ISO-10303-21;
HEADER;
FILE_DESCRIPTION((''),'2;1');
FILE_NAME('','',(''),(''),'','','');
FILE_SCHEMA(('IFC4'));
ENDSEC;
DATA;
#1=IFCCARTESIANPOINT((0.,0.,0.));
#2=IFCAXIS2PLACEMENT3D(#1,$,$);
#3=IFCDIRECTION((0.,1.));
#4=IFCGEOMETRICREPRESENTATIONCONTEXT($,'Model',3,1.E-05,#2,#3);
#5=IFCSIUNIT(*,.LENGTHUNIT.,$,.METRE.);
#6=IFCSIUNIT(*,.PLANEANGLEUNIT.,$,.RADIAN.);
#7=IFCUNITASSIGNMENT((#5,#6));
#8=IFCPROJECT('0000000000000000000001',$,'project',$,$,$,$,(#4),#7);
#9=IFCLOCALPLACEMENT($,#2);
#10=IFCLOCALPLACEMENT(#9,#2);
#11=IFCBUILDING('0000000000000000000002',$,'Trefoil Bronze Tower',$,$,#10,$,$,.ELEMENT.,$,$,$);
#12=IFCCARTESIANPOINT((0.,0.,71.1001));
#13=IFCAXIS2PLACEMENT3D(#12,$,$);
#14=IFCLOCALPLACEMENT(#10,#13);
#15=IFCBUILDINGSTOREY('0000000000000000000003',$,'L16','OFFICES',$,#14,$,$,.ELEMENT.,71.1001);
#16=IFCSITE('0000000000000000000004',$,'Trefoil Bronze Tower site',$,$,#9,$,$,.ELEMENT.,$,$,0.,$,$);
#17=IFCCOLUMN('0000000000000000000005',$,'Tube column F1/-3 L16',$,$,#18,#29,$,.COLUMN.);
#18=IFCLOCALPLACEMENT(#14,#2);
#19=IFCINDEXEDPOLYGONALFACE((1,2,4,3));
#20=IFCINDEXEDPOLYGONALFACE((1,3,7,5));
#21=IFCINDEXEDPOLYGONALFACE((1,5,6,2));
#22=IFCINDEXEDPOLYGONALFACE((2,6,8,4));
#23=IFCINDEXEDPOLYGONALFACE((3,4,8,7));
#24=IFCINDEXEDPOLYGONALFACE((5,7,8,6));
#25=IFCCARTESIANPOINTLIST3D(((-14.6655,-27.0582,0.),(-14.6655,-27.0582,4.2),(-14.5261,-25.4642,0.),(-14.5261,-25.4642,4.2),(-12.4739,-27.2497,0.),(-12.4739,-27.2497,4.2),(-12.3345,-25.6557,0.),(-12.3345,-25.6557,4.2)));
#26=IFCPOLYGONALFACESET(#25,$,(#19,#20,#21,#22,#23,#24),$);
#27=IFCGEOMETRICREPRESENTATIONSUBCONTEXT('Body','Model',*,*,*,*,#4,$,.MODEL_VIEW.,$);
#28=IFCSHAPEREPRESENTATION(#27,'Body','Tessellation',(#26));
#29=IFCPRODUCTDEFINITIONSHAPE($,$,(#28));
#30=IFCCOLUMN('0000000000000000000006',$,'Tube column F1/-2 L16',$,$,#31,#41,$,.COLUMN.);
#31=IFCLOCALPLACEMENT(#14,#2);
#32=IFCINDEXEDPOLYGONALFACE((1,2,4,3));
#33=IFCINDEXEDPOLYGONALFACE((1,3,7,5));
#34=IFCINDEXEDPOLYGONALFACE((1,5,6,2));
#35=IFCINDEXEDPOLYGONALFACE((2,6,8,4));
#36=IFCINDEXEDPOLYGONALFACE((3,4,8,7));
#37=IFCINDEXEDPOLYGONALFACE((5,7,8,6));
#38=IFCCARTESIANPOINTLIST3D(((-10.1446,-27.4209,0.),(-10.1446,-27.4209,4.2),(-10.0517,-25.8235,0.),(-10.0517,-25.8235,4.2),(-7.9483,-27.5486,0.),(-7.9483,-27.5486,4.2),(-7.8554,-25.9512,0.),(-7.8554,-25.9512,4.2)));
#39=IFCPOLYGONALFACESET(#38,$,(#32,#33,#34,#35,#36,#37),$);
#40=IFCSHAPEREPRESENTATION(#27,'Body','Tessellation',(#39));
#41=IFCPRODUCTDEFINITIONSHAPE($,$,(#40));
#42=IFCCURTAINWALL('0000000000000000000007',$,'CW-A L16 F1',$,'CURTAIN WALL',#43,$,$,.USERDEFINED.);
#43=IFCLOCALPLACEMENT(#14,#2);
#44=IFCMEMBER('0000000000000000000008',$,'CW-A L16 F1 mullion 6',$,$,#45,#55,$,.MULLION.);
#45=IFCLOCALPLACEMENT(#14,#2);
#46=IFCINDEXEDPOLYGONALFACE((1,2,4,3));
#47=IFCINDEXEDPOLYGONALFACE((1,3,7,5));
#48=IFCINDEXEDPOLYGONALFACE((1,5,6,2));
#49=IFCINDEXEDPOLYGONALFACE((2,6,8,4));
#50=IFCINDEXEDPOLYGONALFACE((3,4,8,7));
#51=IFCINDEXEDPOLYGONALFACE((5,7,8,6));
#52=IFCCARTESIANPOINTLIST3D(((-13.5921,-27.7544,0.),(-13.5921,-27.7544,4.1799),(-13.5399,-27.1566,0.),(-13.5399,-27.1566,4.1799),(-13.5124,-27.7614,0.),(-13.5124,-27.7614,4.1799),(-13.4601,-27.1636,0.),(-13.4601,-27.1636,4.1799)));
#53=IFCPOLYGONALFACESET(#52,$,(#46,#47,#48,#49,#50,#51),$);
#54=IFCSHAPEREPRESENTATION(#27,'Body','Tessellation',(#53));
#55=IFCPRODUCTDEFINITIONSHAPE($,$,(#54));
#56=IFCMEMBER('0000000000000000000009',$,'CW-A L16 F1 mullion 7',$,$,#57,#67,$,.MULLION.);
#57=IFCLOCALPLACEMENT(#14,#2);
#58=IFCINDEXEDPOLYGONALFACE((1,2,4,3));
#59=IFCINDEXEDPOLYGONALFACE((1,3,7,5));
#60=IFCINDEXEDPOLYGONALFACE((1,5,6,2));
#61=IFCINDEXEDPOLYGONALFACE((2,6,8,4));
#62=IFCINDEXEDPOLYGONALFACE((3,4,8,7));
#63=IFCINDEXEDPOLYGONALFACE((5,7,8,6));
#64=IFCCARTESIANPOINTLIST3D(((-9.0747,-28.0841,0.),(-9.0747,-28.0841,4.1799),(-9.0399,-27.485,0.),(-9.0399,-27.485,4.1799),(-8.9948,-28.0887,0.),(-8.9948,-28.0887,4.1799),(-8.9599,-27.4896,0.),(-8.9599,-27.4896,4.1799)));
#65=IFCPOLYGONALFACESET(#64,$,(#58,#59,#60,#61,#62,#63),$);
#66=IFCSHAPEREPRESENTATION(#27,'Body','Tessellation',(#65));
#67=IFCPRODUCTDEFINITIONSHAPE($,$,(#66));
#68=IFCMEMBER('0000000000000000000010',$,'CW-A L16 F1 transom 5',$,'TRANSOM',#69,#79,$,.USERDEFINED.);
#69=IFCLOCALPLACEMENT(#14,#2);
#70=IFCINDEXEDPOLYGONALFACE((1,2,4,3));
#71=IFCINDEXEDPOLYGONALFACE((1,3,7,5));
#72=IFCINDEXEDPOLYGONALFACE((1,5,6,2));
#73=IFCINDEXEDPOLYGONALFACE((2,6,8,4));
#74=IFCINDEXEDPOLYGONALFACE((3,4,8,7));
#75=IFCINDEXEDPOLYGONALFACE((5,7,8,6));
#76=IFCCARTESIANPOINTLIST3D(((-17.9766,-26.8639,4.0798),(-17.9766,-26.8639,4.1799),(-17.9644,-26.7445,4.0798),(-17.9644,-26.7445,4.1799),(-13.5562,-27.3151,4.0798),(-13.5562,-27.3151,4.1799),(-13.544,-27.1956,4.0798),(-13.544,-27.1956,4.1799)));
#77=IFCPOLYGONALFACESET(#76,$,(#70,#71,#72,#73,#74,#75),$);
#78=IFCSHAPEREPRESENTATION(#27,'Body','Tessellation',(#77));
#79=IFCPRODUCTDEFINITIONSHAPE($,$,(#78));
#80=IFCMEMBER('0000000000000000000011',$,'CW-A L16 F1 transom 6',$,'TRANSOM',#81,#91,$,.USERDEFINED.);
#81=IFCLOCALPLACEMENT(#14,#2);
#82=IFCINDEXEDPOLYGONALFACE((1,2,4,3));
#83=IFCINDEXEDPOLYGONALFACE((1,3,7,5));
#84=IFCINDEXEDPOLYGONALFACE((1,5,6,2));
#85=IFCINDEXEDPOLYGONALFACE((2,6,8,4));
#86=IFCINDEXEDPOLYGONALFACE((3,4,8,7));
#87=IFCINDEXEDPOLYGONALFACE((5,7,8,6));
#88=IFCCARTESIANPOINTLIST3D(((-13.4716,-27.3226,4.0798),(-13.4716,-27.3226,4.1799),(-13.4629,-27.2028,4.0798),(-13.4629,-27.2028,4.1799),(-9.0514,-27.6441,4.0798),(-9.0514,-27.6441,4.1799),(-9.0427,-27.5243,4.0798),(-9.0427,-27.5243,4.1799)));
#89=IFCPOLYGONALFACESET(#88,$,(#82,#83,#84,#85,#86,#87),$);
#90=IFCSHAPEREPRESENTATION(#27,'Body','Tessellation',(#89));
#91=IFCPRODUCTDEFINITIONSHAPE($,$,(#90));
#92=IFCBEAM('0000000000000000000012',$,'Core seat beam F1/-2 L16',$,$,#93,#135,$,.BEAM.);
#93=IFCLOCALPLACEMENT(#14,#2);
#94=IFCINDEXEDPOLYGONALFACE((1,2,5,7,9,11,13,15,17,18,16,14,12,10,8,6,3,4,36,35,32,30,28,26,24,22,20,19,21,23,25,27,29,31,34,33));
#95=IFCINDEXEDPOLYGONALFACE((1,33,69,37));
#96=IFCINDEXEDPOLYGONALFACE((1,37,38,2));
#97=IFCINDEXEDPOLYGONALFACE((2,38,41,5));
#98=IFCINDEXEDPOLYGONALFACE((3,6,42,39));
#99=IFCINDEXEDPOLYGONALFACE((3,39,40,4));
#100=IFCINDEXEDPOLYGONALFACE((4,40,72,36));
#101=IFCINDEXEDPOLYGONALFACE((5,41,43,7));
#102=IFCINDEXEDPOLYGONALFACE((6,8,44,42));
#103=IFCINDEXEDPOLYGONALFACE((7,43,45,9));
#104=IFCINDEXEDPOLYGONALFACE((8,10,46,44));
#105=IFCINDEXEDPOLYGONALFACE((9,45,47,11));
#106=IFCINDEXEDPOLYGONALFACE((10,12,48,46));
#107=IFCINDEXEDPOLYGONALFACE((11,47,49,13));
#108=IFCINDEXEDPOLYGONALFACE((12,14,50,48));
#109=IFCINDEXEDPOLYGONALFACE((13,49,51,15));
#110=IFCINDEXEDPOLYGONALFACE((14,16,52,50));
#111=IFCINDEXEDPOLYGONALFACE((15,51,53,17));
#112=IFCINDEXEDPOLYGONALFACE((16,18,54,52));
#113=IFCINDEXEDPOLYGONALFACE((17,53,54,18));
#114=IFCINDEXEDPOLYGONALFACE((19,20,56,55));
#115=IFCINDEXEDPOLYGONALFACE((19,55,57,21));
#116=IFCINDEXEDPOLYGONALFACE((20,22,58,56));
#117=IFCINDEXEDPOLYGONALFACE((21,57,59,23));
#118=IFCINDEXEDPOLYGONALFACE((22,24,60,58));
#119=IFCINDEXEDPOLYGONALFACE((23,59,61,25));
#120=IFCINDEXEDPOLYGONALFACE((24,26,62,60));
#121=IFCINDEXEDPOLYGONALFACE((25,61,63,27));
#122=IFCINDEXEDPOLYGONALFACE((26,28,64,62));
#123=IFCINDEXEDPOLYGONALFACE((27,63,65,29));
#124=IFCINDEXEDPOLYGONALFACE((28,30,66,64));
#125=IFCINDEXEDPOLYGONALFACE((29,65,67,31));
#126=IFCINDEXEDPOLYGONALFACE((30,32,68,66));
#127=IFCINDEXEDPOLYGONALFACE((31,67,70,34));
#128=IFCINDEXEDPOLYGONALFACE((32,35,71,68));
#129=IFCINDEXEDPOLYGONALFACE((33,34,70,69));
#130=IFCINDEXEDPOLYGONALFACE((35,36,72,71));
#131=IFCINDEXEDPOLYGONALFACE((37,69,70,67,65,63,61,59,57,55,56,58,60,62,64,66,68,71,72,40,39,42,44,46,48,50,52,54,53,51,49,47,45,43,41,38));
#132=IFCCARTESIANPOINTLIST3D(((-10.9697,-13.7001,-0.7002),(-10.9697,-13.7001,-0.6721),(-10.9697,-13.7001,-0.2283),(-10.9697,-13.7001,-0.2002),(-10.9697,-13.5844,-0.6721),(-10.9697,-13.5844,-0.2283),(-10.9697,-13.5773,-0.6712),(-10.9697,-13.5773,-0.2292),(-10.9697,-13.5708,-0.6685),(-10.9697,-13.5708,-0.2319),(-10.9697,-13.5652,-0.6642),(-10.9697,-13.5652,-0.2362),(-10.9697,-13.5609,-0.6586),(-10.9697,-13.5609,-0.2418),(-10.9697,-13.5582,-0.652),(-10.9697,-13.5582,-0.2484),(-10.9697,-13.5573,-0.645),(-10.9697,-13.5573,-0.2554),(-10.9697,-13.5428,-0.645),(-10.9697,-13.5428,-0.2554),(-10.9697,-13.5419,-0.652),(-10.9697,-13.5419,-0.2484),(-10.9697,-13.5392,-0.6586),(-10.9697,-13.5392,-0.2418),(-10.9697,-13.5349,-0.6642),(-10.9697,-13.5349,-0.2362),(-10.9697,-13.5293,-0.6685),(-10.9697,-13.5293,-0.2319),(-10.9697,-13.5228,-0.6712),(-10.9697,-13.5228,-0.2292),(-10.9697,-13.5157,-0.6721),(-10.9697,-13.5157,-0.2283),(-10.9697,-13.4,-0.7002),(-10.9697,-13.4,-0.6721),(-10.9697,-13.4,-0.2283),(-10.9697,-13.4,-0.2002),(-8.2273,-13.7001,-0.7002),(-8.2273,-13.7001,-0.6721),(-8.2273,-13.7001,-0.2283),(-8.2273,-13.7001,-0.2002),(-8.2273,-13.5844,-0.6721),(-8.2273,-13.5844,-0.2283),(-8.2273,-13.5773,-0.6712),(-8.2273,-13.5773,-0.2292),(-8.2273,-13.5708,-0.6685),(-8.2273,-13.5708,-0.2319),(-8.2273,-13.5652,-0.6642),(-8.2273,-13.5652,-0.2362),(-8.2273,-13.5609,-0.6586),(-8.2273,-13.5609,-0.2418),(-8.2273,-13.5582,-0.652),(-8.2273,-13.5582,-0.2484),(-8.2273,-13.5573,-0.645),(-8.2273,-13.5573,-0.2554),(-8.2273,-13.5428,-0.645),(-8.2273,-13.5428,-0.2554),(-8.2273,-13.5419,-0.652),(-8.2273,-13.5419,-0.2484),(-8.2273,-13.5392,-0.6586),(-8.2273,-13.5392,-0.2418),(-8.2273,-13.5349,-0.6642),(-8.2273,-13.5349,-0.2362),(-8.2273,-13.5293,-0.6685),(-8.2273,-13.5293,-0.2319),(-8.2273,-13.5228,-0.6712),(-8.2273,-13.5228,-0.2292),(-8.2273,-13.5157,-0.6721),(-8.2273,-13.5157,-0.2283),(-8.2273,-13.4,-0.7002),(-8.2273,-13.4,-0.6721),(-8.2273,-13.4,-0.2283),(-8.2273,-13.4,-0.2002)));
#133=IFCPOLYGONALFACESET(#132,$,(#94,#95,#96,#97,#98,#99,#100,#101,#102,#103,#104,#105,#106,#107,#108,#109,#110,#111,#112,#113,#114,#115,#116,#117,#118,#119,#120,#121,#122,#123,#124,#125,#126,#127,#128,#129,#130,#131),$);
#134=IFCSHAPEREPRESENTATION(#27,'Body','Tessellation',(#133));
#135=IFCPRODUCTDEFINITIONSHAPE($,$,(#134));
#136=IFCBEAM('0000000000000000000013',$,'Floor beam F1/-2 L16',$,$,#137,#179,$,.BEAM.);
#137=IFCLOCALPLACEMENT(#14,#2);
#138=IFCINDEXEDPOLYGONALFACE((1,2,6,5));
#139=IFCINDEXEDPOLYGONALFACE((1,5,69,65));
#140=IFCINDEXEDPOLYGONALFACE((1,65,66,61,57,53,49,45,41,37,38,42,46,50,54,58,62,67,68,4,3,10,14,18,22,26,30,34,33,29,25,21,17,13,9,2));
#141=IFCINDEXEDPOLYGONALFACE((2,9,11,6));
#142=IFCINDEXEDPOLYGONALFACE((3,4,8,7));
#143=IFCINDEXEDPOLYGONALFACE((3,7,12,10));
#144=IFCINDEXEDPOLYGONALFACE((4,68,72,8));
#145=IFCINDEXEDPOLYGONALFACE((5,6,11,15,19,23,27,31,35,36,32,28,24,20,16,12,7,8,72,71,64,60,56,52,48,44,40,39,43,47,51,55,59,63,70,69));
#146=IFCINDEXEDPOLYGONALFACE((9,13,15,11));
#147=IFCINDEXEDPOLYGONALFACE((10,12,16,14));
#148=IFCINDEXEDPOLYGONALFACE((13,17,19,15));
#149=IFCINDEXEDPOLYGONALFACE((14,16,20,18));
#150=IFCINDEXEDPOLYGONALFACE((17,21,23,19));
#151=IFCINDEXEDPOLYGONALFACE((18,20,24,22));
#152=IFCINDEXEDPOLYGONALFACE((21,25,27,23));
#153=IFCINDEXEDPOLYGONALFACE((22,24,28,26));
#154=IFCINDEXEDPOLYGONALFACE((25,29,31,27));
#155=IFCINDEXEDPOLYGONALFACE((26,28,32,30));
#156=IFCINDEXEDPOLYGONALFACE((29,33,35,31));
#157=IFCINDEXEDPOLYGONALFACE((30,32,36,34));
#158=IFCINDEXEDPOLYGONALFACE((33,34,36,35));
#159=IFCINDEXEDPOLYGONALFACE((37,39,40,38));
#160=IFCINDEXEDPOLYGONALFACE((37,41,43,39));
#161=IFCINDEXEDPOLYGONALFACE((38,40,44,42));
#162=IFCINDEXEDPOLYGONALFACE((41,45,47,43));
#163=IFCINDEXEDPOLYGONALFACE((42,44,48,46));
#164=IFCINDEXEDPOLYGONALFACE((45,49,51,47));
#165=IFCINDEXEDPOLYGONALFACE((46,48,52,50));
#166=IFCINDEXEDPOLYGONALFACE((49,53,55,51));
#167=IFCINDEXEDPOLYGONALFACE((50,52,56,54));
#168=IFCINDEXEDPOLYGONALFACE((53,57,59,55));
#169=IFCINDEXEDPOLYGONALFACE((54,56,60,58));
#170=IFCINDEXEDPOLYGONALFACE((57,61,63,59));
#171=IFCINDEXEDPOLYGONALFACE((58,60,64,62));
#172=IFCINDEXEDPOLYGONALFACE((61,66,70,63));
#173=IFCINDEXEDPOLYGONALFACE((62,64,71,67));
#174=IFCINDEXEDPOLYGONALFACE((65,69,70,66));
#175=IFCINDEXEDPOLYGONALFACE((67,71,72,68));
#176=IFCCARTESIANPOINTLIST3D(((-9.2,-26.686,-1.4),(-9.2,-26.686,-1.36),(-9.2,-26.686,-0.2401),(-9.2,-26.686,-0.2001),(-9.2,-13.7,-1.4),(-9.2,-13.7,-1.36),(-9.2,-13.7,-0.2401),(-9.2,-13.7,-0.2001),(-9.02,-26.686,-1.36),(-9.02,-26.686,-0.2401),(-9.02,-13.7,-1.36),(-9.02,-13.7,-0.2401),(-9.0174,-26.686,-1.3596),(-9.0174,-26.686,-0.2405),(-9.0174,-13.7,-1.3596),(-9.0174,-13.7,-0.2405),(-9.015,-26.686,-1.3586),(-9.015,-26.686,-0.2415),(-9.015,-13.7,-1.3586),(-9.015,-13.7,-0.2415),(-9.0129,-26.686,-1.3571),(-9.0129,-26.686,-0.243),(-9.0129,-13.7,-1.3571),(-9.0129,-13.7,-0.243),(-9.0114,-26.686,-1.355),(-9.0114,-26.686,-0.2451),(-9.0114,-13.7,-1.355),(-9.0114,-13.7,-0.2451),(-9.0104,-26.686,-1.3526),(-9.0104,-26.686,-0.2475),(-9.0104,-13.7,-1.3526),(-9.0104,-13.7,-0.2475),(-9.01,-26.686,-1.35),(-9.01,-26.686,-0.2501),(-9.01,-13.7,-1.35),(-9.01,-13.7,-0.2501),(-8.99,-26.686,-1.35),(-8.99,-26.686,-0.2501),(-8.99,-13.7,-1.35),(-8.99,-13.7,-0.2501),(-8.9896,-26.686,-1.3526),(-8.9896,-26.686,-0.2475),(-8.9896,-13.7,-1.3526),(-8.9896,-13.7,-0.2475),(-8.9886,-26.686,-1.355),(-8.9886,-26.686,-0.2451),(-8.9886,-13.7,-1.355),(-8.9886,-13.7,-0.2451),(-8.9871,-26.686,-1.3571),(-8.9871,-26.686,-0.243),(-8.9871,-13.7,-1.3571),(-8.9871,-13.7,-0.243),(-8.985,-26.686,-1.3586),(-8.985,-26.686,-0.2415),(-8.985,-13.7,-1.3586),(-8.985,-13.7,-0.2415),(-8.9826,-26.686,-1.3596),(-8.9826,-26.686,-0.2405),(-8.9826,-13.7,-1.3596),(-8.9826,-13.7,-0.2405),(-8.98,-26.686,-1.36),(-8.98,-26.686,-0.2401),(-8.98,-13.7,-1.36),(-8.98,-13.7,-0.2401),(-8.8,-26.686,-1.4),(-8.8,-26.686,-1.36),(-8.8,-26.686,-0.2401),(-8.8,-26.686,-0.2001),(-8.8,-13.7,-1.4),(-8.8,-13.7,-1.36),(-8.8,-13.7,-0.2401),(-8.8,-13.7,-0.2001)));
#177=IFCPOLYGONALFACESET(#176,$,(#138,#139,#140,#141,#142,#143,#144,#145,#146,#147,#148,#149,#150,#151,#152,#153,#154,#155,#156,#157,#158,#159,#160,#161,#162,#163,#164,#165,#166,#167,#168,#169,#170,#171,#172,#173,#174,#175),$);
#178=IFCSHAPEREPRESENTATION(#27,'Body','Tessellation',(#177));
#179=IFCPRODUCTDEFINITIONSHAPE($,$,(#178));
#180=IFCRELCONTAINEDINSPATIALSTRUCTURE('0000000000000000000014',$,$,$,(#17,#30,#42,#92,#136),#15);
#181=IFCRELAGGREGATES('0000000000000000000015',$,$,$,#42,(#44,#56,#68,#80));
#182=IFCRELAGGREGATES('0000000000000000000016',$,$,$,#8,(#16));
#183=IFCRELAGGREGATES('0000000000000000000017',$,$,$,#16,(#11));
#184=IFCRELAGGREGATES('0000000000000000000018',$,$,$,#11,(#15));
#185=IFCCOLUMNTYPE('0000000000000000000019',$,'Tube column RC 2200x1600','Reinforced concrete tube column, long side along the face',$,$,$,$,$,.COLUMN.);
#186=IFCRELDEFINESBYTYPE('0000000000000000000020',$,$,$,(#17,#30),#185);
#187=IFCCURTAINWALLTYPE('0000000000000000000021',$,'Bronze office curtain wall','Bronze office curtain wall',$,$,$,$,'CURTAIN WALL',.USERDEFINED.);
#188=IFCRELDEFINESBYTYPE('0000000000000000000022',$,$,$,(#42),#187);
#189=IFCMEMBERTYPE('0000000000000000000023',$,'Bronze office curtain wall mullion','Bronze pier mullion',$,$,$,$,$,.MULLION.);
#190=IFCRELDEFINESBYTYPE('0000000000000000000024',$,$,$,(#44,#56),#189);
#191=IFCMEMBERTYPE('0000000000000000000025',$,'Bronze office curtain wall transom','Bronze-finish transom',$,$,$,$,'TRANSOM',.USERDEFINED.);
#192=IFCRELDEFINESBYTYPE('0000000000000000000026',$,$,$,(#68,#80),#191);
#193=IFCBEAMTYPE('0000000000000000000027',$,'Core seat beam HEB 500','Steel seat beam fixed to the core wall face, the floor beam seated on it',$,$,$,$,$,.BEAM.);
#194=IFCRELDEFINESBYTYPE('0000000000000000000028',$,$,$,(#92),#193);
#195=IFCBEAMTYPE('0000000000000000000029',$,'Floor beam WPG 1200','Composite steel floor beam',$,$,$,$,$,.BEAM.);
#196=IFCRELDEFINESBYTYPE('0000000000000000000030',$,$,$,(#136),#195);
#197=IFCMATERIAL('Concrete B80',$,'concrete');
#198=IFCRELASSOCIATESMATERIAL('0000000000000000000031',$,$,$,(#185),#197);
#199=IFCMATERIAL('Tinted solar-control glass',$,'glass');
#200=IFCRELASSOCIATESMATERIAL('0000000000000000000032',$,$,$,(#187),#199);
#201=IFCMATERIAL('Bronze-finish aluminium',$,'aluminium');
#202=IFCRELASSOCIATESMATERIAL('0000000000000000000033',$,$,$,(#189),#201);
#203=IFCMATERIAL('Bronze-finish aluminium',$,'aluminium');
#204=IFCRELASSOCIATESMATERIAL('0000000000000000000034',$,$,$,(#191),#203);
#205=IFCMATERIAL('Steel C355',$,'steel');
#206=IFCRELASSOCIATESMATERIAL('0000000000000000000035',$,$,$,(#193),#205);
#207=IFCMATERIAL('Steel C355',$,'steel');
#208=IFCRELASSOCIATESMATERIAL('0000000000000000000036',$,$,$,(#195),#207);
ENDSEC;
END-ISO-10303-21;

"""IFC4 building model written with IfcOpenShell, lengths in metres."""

from ifc_helpers import new_model, si_unit, direction, frame, origin, origin_2d, place, context, subcontext, project, spatial, rectangle, i_section, extrude, material, material_profile, profile_set, type_object, element, aggregate, save


model = new_model("IFC4")

# Units and contexts
model_context = context("Model", 3, precision=1e-05, world=origin(), true_north=direction((0.0, 1.0)))
body_context = subcontext(model_context, "Body", "Model", "MODEL_VIEW")
ifc_project = project(units=[si_unit("LENGTHUNIT", "METRE"), si_unit("PLANEANGLEUNIT", "RADIAN")], contexts=[model_context])

# Site, building, storey
site_placement = place(None, origin())
site = spatial("IfcSite", under=ifc_project, at=site_placement, Name="Trefoil Bronze Tower site", CompositionType="ELEMENT", RefElevation=0.0)
building_placement = place(site_placement, origin())
building = spatial("IfcBuilding", under=site, at=building_placement, Name="Trefoil Bronze Tower", CompositionType="ELEMENT")
storey_placement = place(building_placement, frame((0.0, 0.0, 71.1001)))
storey = spatial("IfcBuildingStorey", under=building, at=storey_placement, Name="L16", Description="OFFICES", CompositionType="ELEMENT", Elevation=71.1001)

# Columns
ifc_material_1 = material(Name="Concrete B80", Category="concrete")
ifc_material_profile_1 = material_profile(ifc_material_1, rectangle(XDim=2.2, YDim=1.6001, at=origin_2d()), Name="RC 2200x1600")
ifc_profile_set_1 = profile_set([ifc_material_profile_1], Name="Concrete B80")
column_type = type_object("IfcColumnType", Name="Tube column RC 2200x1600", Description="Reinforced concrete tube column, long side along the face", PredefinedType="COLUMN", material=ifc_profile_set_1)
for number, where, z_axis, x_axis, name in (
    (1, (-13.5, -26.3569, 0.0), (0.0, 0.0, 1.0), (0.996203, -0.087065, 0.0), "Tube column F1/-3 L16"),
    (2, (-9.0, -26.686, 0.0), (0.0, 0.0, 1.0), (0.998314, -0.058043, 0.0), "Tube column F1/-2 L16"),
):
    element("IfcColumn", number, at=place(storey_placement, frame(where, z_axis=z_axis, x_axis=x_axis)), inside=storey, type_object=column_type, Name=name, PredefinedType="COLUMN", context=body_context, shape_type="SweptSolid", body=[
        extrude(rectangle(XDim=2.2, YDim=1.6001, at=origin_2d()), origin(), (0.0, 0.0, 1.0), 4.2),
    ])

# Curtain wall, members
ifc_material_2 = material(Name="Tinted solar-control glass", Category="glass")
curtain_wall_type = type_object("IfcCurtainWallType", Name="Bronze office curtain wall", Description="Bronze office curtain wall", ElementType="CURTAIN WALL", PredefinedType="USERDEFINED", material=ifc_material_2)
curtain_wall_placement = place(storey_placement, origin())
curtain_wall = element("IfcCurtainWall", 3, at=curtain_wall_placement, inside=storey, type_object=curtain_wall_type, Name="CW-A L16 F1", ObjectType="CURTAIN WALL", PredefinedType="USERDEFINED")
ifc_material_3 = material(Name="Bronze-finish aluminium", Category="aluminium")
ifc_material_profile_2 = material_profile(ifc_material_3, rectangle(XDim=0.6001, YDim=0.0801, at=origin_2d()), Name="CW-A mullion")
ifc_profile_set_2 = profile_set([ifc_material_profile_2], Name="Bronze-finish aluminium")
member_type_1 = type_object("IfcMemberType", Name="Bronze office curtain wall mullion", Description="Bronze pier mullion", PredefinedType="MULLION", material=ifc_profile_set_2)
member_1_placement = place(storey_placement, frame((-13.5261, -27.459, 0.0), z_axis=(0.0, 0.0, 1.0), x_axis=(0.087065, 0.996203, 0.0)))
member_1 = element("IfcMember", 4, at=member_1_placement, type_object=member_type_1, Name="CW-A L16 F1 mullion 6", PredefinedType="MULLION", context=body_context, shape_type="SweptSolid", body=[
    extrude(rectangle(XDim=0.6001, YDim=0.0801, at=origin_2d()), origin(), (0.0, 0.0, 1.0), 4.1799),
])
member_2_placement = place(storey_placement, frame((-9.0173, -27.7869, 0.0), z_axis=(0.0, 0.0, 1.0), x_axis=(0.058043, 0.998314, 0.0)))
member_2 = element("IfcMember", 5, at=member_2_placement, type_object=member_type_1, Name="CW-A L16 F1 mullion 7", PredefinedType="MULLION", context=body_context, shape_type="SweptSolid", body=[
    extrude(rectangle(XDim=0.6001, YDim=0.0801, at=origin_2d()), origin(), (0.0, 0.0, 1.0), 4.1799),
])
ifc_material_4 = material(Name="Bronze-finish aluminium", Category="aluminium")
ifc_material_profile_3 = material_profile(ifc_material_4, rectangle(XDim=0.1201, YDim=0.1001, at=origin_2d()), Name="CW-A transom")
ifc_profile_set_3 = profile_set([ifc_material_profile_3], Name="Bronze-finish aluminium")
member_type_2 = type_object("IfcMemberType", Name="Bronze office curtain wall transom", Description="Bronze-finish transom", ElementType="TRANSOM", PredefinedType="USERDEFINED", material=ifc_profile_set_3)
member_3_placement = place(storey_placement, frame((-17.9705, -26.8042, 4.1299), z_axis=(0.994832, -0.101538, 0.0), x_axis=(0.101538, 0.994832, 0.0)))
member_3 = element("IfcMember", 6, at=member_3_placement, type_object=member_type_2, Name="CW-A L16 F1 transom 5", ObjectType="TRANSOM", PredefinedType="USERDEFINED", context=body_context, shape_type="SweptSolid", body=[
    extrude(rectangle(XDim=0.1201, YDim=0.1001, at=origin_2d()), origin(), (0.0, 0.0, 1.0), 4.4434),
])
member_4_placement = place(storey_placement, frame((-13.4673, -27.2627, 4.1299), z_axis=(0.997365, -0.072551, 0.0), x_axis=(0.072551, 0.997365, 0.0)))
member_4 = element("IfcMember", 7, at=member_4_placement, type_object=member_type_2, Name="CW-A L16 F1 transom 6", ObjectType="TRANSOM", PredefinedType="USERDEFINED", context=body_context, shape_type="SweptSolid", body=[
    extrude(rectangle(XDim=0.1201, YDim=0.1001, at=origin_2d()), origin(), (0.0, 0.0, 1.0), 4.4319),
])

# Beams
ifc_material_5 = material(Name="Steel C355", Category="steel")
ifc_material_profile_4 = material_profile(ifc_material_5, i_section(OverallWidth=0.3, OverallDepth=0.5, WebThickness=0.0144, FlangeThickness=0.0281, FilletRadius=0.0271, at=origin_2d()), Name="HEB 500")
ifc_profile_set_4 = profile_set([ifc_material_profile_4], Name="Steel C355")
beam_type_1 = type_object("IfcBeamType", Name="Core seat beam HEB 500", Description="Steel seat beam fixed to the core wall face, the floor beam seated on it", PredefinedType="BEAM", material=ifc_profile_set_4)
beam_1_placement = place(storey_placement, frame((-10.9697, -13.55, -0.4502), z_axis=(1.0, 0.0, 0.0), x_axis=(0.0, 1.0, 0.0)))
element("IfcBeam", 8, at=beam_1_placement, inside=storey, type_object=beam_type_1, Name="Core seat beam F1/-2 L16", PredefinedType="BEAM", context=body_context, shape_type="SweptSolid", body=[
    extrude(i_section(OverallWidth=0.3, OverallDepth=0.5, WebThickness=0.0144, FlangeThickness=0.0281, FilletRadius=0.0271, at=origin_2d()), origin(), (0.0, 0.0, 1.0), 2.7424),
])
ifc_material_6 = material(Name="Steel C355", Category="steel")
ifc_material_profile_5 = material_profile(ifc_material_6, i_section(OverallWidth=0.3999, OverallDepth=1.2, WebThickness=0.02, FlangeThickness=0.04, FilletRadius=0.01, at=origin_2d()), Name="WPG 1200")
ifc_profile_set_5 = profile_set([ifc_material_profile_5], Name="Steel C355")
beam_type_2 = type_object("IfcBeamType", Name="Floor beam WPG 1200", Description="Composite steel floor beam", PredefinedType="BEAM", material=ifc_profile_set_5)
beam_2_placement = place(storey_placement, frame((-9.0, -26.686, -0.8), z_axis=(0.0, 1.0, 0.0), x_axis=(-1.0, 0.0, 0.0)))
element("IfcBeam", 9, at=beam_2_placement, inside=storey, type_object=beam_type_2, Name="Floor beam F1/-2 L16", PredefinedType="BEAM", context=body_context, shape_type="SweptSolid", body=[
    extrude(i_section(OverallWidth=0.3999, OverallDepth=1.2, WebThickness=0.02, FlangeThickness=0.04, FilletRadius=0.01, at=origin_2d()), origin(), (0.0, 0.0, 1.0), 12.9861),
])

aggregate(curtain_wall, [member_1, member_2, member_3, member_4])

save(model, "model.ifc")
